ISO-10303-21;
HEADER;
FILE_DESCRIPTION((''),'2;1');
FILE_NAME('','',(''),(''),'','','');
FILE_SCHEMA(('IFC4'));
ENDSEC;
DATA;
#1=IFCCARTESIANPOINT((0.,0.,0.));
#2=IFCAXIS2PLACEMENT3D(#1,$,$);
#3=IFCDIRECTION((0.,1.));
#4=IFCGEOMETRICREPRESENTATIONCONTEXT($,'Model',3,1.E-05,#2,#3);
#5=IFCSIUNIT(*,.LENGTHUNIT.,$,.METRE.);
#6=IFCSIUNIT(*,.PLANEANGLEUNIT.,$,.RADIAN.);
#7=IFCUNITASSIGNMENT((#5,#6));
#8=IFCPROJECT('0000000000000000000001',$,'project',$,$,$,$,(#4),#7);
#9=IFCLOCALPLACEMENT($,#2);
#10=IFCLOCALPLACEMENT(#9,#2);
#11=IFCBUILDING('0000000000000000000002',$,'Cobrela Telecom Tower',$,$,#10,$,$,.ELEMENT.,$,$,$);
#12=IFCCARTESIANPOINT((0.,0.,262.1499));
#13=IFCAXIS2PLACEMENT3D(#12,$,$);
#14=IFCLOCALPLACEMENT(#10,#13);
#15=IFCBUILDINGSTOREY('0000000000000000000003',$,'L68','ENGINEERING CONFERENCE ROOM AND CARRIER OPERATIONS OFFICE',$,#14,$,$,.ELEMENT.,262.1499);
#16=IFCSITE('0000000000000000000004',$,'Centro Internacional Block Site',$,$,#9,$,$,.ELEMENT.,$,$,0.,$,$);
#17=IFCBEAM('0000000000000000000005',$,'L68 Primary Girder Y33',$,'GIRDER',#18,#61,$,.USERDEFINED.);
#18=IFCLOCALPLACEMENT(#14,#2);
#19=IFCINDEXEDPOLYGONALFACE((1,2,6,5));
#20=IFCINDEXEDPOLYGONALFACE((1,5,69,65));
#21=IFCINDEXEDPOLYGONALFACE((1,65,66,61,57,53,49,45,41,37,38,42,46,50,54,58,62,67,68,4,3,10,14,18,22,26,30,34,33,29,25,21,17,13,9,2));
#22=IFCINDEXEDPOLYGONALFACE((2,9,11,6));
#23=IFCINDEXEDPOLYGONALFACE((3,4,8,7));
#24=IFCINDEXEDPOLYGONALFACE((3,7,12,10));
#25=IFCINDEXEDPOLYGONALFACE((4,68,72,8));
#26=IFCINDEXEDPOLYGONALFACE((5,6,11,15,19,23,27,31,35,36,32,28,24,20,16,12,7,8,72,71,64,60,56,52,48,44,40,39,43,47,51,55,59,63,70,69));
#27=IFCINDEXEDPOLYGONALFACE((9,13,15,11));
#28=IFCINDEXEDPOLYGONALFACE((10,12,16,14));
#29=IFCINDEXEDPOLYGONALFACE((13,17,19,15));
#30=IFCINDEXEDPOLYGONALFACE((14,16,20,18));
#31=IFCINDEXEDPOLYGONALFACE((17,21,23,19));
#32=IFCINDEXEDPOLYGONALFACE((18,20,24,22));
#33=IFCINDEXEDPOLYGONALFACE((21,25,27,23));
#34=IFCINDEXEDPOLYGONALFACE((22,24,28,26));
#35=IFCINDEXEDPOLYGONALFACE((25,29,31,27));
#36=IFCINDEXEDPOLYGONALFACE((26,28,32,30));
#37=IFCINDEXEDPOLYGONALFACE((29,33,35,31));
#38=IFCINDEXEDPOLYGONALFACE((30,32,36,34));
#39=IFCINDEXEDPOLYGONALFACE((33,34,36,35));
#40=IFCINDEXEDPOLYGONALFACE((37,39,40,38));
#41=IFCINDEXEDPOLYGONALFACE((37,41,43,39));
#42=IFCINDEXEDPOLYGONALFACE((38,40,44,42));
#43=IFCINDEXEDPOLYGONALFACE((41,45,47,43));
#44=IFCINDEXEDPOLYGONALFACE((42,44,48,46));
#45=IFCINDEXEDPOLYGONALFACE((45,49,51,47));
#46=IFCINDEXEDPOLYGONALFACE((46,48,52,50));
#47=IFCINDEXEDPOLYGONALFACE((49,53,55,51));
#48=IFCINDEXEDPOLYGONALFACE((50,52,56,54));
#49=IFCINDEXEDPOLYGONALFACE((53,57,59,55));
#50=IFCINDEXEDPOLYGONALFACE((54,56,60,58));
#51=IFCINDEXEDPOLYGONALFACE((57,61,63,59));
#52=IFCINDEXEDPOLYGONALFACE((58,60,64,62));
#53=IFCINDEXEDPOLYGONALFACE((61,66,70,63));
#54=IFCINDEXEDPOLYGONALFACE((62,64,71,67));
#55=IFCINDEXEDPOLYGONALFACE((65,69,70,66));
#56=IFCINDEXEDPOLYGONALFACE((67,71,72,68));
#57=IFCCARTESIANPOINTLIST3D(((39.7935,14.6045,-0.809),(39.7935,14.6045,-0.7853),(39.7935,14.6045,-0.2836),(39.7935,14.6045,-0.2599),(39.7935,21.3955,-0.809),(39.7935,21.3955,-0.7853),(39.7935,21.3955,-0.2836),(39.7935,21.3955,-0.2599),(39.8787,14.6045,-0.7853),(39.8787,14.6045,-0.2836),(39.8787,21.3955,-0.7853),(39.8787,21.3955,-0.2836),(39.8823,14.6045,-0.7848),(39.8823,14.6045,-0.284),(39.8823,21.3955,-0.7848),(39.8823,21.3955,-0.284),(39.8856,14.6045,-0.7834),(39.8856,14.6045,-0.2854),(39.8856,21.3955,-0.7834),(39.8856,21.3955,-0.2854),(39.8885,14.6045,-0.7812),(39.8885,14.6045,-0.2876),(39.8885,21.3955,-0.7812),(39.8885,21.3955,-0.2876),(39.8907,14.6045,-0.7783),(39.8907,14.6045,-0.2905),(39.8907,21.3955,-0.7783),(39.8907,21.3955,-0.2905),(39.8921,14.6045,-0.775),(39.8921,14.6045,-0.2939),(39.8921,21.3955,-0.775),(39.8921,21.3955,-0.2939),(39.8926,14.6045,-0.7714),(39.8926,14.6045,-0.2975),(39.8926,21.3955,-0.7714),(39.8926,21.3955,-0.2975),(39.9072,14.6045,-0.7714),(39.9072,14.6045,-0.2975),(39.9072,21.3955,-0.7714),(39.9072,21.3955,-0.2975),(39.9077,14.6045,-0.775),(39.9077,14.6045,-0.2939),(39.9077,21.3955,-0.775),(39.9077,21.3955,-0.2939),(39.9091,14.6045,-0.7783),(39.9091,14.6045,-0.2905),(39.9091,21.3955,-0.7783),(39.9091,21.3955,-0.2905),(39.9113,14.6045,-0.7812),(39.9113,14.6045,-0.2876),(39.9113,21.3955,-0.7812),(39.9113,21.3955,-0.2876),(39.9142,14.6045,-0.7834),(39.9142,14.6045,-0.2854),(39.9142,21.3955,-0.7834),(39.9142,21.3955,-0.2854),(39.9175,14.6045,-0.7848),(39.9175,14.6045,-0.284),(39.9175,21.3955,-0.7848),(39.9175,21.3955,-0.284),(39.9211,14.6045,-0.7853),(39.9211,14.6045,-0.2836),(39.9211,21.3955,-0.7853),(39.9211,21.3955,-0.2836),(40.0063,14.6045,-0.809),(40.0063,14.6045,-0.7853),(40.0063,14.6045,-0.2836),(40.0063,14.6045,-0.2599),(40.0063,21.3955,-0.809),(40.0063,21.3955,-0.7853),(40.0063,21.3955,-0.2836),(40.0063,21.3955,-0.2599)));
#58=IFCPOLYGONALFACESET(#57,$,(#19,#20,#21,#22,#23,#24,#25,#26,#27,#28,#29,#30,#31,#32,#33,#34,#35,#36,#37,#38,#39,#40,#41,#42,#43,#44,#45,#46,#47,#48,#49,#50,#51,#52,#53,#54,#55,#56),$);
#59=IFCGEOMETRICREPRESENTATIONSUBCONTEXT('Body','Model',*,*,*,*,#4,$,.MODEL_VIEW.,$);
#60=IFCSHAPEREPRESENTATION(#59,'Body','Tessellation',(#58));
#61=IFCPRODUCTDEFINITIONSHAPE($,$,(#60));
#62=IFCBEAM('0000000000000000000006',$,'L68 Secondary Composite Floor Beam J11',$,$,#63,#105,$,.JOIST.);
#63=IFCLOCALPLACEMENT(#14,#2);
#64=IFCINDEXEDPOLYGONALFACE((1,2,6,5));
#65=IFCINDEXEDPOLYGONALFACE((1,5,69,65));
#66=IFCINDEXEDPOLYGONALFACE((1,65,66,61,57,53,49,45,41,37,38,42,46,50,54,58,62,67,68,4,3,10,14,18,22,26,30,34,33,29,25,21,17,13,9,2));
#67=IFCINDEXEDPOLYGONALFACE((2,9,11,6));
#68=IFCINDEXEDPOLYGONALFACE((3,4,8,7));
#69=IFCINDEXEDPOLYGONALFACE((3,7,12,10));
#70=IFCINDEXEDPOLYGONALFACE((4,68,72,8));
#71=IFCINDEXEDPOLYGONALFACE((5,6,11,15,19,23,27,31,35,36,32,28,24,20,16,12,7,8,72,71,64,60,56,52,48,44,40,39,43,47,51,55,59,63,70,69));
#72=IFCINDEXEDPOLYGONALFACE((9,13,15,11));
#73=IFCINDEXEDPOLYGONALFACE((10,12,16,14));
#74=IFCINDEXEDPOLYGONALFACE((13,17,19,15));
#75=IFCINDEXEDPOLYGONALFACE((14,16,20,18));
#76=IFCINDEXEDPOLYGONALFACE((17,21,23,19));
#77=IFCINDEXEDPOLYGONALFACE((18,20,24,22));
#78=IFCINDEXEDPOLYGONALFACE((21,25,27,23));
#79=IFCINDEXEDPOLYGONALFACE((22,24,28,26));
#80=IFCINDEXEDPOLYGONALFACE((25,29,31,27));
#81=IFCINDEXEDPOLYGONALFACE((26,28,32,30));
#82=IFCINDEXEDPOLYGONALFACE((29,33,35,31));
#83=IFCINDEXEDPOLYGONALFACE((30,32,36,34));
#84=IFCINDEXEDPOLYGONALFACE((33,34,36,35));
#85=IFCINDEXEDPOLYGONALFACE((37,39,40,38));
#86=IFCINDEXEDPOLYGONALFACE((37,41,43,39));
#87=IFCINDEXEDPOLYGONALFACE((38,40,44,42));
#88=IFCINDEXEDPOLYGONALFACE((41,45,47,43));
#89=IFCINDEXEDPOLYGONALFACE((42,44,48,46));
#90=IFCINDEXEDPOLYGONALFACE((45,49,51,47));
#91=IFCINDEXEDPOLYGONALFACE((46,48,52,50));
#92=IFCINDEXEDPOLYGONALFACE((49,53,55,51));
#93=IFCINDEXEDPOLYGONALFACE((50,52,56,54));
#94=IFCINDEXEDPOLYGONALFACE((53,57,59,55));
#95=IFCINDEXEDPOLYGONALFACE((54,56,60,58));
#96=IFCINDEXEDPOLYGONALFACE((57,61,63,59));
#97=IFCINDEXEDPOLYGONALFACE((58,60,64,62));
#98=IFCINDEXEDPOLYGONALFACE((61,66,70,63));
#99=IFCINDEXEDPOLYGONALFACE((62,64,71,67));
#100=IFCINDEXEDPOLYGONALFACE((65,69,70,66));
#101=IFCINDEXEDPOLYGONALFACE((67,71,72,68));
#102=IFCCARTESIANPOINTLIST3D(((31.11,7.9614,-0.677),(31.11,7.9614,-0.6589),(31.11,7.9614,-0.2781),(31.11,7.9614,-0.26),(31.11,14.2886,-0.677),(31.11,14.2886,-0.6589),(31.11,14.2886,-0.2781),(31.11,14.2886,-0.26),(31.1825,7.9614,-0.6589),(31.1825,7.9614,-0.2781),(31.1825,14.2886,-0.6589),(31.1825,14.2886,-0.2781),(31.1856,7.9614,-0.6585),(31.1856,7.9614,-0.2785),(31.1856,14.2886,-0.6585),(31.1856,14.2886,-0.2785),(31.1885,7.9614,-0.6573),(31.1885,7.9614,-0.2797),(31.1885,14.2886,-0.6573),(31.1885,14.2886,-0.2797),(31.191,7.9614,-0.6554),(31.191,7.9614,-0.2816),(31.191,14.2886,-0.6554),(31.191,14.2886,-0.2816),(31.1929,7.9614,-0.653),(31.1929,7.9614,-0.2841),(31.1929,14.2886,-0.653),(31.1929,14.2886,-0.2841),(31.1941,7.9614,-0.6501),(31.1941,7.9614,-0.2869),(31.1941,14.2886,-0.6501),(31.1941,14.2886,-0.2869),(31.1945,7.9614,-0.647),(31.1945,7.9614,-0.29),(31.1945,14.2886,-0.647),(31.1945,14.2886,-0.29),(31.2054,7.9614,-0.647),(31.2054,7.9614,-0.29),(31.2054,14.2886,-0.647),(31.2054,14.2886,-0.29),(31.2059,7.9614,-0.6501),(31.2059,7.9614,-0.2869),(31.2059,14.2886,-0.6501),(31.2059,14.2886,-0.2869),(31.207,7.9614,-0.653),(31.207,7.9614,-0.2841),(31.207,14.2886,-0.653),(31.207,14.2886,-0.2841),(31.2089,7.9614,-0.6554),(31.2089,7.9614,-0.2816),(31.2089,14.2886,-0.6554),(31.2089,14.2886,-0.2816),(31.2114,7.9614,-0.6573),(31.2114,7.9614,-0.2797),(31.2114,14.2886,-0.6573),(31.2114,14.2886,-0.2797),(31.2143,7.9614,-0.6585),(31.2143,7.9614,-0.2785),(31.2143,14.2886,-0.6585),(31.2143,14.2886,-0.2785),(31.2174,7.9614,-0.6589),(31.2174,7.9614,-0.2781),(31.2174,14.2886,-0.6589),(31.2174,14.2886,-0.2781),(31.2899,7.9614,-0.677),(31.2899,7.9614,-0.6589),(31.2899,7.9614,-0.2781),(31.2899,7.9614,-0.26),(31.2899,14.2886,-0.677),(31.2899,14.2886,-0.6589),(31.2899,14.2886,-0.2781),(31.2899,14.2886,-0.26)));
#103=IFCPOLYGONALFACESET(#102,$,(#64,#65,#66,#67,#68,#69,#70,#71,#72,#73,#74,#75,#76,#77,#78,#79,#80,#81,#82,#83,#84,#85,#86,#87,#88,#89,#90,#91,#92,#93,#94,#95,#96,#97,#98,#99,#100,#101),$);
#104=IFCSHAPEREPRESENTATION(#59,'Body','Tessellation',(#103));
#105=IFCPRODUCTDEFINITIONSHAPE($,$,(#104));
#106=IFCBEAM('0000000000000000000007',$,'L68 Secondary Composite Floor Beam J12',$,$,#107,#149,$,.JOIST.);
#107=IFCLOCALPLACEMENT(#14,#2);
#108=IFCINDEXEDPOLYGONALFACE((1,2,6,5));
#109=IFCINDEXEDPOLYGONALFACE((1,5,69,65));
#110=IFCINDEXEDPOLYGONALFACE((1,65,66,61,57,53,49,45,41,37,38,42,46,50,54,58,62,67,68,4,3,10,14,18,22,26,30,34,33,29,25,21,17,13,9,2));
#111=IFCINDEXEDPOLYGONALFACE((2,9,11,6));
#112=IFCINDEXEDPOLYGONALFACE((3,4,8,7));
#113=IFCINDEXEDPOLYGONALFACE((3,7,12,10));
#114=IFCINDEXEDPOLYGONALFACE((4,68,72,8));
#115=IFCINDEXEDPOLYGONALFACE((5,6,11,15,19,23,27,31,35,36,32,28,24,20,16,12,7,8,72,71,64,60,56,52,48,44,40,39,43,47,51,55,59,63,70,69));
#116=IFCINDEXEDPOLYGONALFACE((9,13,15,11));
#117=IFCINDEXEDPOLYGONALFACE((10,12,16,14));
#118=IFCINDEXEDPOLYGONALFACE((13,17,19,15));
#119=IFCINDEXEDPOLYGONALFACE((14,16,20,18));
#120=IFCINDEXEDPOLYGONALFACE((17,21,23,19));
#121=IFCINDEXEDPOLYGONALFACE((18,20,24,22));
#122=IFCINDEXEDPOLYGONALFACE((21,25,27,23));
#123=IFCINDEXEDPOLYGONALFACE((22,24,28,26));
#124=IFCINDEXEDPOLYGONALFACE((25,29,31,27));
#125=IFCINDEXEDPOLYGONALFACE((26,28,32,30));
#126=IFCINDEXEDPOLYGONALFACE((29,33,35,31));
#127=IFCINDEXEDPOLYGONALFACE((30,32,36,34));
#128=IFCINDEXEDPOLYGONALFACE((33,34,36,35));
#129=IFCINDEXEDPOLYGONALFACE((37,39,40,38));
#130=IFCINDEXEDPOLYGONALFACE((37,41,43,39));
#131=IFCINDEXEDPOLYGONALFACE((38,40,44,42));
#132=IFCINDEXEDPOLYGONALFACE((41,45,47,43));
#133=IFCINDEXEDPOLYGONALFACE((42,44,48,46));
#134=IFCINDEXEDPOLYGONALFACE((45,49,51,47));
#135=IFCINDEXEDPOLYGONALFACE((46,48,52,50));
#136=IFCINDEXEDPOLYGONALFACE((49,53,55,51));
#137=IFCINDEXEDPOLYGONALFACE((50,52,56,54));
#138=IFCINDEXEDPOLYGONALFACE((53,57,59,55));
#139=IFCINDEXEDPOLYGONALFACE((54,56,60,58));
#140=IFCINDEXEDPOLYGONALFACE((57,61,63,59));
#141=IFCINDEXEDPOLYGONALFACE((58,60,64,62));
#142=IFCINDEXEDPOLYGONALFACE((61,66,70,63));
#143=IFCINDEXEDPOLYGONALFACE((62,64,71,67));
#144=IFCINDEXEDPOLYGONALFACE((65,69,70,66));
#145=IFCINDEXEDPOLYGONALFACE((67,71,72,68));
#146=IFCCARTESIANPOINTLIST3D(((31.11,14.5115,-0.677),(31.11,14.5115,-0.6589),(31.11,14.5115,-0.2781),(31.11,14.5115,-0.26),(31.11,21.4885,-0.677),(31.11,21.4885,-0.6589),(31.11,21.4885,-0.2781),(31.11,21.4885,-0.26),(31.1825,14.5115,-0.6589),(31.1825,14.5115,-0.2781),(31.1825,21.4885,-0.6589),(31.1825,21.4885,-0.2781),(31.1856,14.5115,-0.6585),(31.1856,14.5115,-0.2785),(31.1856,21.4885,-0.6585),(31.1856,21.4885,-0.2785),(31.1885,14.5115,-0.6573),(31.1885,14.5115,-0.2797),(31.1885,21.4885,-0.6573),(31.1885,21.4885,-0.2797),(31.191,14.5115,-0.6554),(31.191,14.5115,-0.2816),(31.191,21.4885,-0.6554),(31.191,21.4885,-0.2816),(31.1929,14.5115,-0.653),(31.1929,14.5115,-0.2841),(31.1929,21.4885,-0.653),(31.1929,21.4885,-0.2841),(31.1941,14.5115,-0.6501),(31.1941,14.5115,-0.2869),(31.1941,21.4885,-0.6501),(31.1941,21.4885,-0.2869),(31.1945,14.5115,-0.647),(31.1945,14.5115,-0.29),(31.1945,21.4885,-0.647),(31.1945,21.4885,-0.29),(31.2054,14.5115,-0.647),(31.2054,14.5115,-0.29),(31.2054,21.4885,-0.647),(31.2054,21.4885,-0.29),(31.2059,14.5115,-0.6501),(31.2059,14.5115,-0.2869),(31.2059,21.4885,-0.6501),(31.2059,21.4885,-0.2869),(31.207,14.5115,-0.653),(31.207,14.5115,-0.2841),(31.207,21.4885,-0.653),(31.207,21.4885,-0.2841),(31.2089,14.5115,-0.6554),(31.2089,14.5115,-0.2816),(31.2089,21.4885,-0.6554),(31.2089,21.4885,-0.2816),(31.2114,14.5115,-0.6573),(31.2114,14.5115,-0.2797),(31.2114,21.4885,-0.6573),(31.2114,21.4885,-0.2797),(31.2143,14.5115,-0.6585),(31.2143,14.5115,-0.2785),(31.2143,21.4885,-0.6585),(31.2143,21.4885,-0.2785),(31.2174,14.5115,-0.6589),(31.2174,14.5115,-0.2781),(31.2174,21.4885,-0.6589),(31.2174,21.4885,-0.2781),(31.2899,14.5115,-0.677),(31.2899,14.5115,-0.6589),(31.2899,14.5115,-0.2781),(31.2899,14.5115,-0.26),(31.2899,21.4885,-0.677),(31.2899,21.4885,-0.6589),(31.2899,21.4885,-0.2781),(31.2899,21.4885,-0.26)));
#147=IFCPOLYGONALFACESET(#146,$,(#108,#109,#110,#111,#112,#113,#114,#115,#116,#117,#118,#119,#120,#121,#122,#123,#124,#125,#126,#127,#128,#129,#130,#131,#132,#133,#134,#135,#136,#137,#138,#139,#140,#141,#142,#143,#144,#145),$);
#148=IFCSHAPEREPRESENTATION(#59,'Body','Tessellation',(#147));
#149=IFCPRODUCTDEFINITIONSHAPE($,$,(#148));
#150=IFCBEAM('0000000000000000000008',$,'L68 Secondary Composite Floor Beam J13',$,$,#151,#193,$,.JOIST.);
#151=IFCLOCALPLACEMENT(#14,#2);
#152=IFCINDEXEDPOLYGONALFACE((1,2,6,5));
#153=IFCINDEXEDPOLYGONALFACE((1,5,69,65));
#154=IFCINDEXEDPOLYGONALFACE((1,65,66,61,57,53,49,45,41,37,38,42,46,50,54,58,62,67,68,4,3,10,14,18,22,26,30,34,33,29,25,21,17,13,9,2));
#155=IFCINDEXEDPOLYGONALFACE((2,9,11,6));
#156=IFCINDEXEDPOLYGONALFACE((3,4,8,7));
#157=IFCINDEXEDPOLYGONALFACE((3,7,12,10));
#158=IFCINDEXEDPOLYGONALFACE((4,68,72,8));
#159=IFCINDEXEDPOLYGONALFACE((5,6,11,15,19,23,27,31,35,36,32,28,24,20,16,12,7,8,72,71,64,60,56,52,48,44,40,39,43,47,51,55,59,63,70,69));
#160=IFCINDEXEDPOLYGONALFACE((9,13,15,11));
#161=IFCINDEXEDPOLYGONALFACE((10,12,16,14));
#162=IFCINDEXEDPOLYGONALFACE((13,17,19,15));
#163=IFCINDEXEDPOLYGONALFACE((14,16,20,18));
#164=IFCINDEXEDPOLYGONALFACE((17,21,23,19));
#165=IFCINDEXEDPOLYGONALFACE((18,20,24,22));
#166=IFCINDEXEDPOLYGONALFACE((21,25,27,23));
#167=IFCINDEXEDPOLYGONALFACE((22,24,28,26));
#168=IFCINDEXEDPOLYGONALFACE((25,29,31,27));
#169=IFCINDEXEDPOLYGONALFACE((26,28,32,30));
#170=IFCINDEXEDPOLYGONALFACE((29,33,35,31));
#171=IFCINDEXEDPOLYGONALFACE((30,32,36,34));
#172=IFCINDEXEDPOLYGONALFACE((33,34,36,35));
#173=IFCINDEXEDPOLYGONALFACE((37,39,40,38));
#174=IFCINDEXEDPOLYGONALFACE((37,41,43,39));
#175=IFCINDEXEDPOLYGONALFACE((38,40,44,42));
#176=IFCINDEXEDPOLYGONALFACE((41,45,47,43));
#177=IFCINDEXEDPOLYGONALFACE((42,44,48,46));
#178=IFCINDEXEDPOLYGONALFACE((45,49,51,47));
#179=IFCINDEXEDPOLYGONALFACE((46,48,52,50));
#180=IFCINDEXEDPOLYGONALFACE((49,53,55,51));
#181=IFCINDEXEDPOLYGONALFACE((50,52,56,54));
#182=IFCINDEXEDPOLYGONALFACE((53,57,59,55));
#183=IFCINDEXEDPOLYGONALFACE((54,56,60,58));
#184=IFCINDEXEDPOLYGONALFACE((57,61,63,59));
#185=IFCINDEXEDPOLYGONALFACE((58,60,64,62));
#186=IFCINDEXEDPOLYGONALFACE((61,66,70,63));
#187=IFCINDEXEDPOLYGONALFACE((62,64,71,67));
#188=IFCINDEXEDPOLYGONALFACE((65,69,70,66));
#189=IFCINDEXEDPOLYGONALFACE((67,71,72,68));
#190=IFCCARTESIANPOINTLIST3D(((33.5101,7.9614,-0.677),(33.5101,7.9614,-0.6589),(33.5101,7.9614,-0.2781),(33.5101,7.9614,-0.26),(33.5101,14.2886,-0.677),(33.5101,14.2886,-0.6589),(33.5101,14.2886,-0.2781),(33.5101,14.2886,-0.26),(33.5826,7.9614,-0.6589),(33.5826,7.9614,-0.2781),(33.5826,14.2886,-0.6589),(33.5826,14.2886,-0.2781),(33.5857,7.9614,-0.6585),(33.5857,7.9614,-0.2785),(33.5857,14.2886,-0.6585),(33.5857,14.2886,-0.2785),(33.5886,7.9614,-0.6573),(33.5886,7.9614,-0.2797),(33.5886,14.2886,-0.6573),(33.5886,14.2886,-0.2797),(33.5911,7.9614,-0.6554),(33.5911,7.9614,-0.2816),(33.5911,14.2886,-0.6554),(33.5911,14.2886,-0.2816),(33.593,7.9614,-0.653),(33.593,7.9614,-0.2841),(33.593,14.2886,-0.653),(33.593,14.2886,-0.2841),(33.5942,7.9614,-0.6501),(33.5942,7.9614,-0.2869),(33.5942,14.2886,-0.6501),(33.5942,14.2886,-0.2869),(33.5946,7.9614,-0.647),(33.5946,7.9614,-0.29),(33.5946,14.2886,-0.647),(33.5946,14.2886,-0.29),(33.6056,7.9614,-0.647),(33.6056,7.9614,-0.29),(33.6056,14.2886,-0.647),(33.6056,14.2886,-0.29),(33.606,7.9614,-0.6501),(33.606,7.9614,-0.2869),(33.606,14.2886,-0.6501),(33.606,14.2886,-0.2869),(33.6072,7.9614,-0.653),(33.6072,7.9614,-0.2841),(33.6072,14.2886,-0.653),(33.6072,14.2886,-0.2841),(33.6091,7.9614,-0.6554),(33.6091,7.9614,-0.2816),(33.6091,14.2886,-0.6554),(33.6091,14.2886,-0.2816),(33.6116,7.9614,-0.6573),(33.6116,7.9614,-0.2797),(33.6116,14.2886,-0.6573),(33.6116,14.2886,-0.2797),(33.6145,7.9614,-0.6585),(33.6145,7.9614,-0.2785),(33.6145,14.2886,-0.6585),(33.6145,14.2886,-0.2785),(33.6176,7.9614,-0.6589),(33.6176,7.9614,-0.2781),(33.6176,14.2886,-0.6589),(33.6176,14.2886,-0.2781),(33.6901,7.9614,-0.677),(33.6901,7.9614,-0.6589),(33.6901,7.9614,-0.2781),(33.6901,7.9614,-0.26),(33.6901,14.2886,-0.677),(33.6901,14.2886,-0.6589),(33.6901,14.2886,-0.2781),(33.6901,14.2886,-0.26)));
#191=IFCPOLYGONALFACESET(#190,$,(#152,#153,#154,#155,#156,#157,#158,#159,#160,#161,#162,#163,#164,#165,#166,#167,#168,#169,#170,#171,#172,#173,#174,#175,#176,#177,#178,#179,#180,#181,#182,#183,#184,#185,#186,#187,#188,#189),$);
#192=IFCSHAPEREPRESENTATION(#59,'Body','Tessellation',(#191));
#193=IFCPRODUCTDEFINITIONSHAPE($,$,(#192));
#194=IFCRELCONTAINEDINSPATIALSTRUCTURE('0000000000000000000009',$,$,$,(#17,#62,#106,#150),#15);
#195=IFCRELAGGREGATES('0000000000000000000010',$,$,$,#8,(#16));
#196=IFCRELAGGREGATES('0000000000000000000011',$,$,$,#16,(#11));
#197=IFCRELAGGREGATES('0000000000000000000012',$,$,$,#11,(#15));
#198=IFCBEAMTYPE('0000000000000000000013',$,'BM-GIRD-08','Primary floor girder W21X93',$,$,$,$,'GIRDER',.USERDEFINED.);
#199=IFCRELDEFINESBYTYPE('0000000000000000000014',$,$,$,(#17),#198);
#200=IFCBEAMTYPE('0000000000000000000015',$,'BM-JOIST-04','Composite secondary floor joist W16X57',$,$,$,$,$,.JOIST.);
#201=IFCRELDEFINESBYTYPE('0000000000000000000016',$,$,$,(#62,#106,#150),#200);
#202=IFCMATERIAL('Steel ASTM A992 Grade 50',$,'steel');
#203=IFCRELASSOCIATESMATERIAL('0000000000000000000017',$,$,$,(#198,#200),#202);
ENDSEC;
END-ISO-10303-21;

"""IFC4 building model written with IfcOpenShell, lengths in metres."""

from ifc_helpers import new_model, si_unit, direction, frame, origin, origin_2d, place, context, subcontext, project, spatial, i_section, extrude, material, material_profile, profile_set, type_object, element, save


model = new_model("IFC4")

# Units and contexts
model_context = context("Model", 3, precision=1e-05, world=origin(), true_north=direction((0.0, 1.0)))
body_context = subcontext(model_context, "Body", "Model", "MODEL_VIEW")
ifc_project = project(units=[si_unit("LENGTHUNIT", "METRE"), si_unit("PLANEANGLEUNIT", "RADIAN")], contexts=[model_context])

# Site, building, storey
site_placement = place(None, origin())
site = spatial("IfcSite", under=ifc_project, at=site_placement, Name="Centro Internacional Block Site", CompositionType="ELEMENT", RefElevation=0.0)
building_placement = place(site_placement, origin())
building = spatial("IfcBuilding", under=site, at=building_placement, Name="Cobrela Telecom Tower", CompositionType="ELEMENT")
storey_placement = place(building_placement, frame((0.0, 0.0, 262.1499)))
storey = spatial("IfcBuildingStorey", under=building, at=storey_placement, Name="L68", Description="ENGINEERING CONFERENCE ROOM AND CARRIER OPERATIONS OFFICE", CompositionType="ELEMENT", Elevation=262.1499)

# Shared definitions
ifc_material_1 = material(Name="Steel ASTM A992 Grade 50", Category="steel")

# Beams
ifc_material_profile_1 = material_profile(ifc_material_1, i_section(OverallWidth=0.2129, OverallDepth=0.5491, WebThickness=0.0146, FlangeThickness=0.0237, FilletRadius=0.0139, at=origin_2d()), Name="W21X93")
ifc_profile_set_1 = profile_set([ifc_material_profile_1], Name="Steel ASTM A992 Grade 50")
beam_type_1 = type_object("IfcBeamType", Name="BM-GIRD-08", Description="Primary floor girder W21X93", ElementType="GIRDER", PredefinedType="USERDEFINED", material=ifc_profile_set_1)
for number, where, z_axis, x_axis, name in (
    (1, (39.8999, 14.6045, -0.5344), (0.0, 1.0, 0.0), (-1.0, 0.0, 0.0), "L68 Primary Girder Y33"),
):
    element("IfcBeam", number, at=place(storey_placement, frame(where, z_axis=z_axis, x_axis=x_axis)), inside=storey, type_object=beam_type_1, Name=name, ObjectType="GIRDER", PredefinedType="USERDEFINED", context=body_context, shape_type="SweptSolid", body=[
        extrude(i_section(OverallWidth=0.2129, OverallDepth=0.5491, WebThickness=0.0146, FlangeThickness=0.0237, FilletRadius=0.0139, at=origin_2d()), origin(), (0.0, 0.0, 1.0), 6.791),
    ])
ifc_material_profile_2 = material_profile(ifc_material_1, i_section(OverallWidth=0.1799, OverallDepth=0.417, WebThickness=0.011, FlangeThickness=0.0181, FilletRadius=0.012, at=origin_2d()), Name="W16X57")
ifc_profile_set_2 = profile_set([ifc_material_profile_2], Name="Steel ASTM A992 Grade 50")
beam_type_2 = type_object("IfcBeamType", Name="BM-JOIST-04", Description="Composite secondary floor joist W16X57", PredefinedType="JOIST", material=ifc_profile_set_2)
beam_1_placement = place(storey_placement, frame((31.2, 7.9614, -0.4685), z_axis=(0.0, 1.0, 0.0), x_axis=(-1.0, 0.0, 0.0)))
element("IfcBeam", 2, at=beam_1_placement, inside=storey, type_object=beam_type_2, Name="L68 Secondary Composite Floor Beam J11", PredefinedType="JOIST", context=body_context, shape_type="SweptSolid", body=[
    extrude(i_section(OverallWidth=0.1799, OverallDepth=0.417, WebThickness=0.011, FlangeThickness=0.0181, FilletRadius=0.012, at=origin_2d()), origin(), (0.0, 0.0, 1.0), 6.3271),
])
beam_2_placement = place(storey_placement, frame((31.2, 14.5115, -0.4685), z_axis=(0.0, 1.0, 0.0), x_axis=(-1.0, 0.0, 0.0)))
element("IfcBeam", 3, at=beam_2_placement, inside=storey, type_object=beam_type_2, Name="L68 Secondary Composite Floor Beam J12", PredefinedType="JOIST", context=body_context, shape_type="SweptSolid", body=[
    extrude(i_section(OverallWidth=0.1799, OverallDepth=0.417, WebThickness=0.011, FlangeThickness=0.0181, FilletRadius=0.012, at=origin_2d()), origin(), (0.0, 0.0, 1.0), 6.9771),
])
beam_3_placement = place(storey_placement, frame((33.6001, 7.9614, -0.4685), z_axis=(0.0, 1.0, 0.0), x_axis=(-1.0, 0.0, 0.0)))
element("IfcBeam", 4, at=beam_3_placement, inside=storey, type_object=beam_type_2, Name="L68 Secondary Composite Floor Beam J13", PredefinedType="JOIST", context=body_context, shape_type="SweptSolid", body=[
    extrude(i_section(OverallWidth=0.1799, OverallDepth=0.417, WebThickness=0.011, FlangeThickness=0.0181, FilletRadius=0.012, at=origin_2d()), origin(), (0.0, 0.0, 1.0), 6.3271),
])

save(model, "model.ifc")
